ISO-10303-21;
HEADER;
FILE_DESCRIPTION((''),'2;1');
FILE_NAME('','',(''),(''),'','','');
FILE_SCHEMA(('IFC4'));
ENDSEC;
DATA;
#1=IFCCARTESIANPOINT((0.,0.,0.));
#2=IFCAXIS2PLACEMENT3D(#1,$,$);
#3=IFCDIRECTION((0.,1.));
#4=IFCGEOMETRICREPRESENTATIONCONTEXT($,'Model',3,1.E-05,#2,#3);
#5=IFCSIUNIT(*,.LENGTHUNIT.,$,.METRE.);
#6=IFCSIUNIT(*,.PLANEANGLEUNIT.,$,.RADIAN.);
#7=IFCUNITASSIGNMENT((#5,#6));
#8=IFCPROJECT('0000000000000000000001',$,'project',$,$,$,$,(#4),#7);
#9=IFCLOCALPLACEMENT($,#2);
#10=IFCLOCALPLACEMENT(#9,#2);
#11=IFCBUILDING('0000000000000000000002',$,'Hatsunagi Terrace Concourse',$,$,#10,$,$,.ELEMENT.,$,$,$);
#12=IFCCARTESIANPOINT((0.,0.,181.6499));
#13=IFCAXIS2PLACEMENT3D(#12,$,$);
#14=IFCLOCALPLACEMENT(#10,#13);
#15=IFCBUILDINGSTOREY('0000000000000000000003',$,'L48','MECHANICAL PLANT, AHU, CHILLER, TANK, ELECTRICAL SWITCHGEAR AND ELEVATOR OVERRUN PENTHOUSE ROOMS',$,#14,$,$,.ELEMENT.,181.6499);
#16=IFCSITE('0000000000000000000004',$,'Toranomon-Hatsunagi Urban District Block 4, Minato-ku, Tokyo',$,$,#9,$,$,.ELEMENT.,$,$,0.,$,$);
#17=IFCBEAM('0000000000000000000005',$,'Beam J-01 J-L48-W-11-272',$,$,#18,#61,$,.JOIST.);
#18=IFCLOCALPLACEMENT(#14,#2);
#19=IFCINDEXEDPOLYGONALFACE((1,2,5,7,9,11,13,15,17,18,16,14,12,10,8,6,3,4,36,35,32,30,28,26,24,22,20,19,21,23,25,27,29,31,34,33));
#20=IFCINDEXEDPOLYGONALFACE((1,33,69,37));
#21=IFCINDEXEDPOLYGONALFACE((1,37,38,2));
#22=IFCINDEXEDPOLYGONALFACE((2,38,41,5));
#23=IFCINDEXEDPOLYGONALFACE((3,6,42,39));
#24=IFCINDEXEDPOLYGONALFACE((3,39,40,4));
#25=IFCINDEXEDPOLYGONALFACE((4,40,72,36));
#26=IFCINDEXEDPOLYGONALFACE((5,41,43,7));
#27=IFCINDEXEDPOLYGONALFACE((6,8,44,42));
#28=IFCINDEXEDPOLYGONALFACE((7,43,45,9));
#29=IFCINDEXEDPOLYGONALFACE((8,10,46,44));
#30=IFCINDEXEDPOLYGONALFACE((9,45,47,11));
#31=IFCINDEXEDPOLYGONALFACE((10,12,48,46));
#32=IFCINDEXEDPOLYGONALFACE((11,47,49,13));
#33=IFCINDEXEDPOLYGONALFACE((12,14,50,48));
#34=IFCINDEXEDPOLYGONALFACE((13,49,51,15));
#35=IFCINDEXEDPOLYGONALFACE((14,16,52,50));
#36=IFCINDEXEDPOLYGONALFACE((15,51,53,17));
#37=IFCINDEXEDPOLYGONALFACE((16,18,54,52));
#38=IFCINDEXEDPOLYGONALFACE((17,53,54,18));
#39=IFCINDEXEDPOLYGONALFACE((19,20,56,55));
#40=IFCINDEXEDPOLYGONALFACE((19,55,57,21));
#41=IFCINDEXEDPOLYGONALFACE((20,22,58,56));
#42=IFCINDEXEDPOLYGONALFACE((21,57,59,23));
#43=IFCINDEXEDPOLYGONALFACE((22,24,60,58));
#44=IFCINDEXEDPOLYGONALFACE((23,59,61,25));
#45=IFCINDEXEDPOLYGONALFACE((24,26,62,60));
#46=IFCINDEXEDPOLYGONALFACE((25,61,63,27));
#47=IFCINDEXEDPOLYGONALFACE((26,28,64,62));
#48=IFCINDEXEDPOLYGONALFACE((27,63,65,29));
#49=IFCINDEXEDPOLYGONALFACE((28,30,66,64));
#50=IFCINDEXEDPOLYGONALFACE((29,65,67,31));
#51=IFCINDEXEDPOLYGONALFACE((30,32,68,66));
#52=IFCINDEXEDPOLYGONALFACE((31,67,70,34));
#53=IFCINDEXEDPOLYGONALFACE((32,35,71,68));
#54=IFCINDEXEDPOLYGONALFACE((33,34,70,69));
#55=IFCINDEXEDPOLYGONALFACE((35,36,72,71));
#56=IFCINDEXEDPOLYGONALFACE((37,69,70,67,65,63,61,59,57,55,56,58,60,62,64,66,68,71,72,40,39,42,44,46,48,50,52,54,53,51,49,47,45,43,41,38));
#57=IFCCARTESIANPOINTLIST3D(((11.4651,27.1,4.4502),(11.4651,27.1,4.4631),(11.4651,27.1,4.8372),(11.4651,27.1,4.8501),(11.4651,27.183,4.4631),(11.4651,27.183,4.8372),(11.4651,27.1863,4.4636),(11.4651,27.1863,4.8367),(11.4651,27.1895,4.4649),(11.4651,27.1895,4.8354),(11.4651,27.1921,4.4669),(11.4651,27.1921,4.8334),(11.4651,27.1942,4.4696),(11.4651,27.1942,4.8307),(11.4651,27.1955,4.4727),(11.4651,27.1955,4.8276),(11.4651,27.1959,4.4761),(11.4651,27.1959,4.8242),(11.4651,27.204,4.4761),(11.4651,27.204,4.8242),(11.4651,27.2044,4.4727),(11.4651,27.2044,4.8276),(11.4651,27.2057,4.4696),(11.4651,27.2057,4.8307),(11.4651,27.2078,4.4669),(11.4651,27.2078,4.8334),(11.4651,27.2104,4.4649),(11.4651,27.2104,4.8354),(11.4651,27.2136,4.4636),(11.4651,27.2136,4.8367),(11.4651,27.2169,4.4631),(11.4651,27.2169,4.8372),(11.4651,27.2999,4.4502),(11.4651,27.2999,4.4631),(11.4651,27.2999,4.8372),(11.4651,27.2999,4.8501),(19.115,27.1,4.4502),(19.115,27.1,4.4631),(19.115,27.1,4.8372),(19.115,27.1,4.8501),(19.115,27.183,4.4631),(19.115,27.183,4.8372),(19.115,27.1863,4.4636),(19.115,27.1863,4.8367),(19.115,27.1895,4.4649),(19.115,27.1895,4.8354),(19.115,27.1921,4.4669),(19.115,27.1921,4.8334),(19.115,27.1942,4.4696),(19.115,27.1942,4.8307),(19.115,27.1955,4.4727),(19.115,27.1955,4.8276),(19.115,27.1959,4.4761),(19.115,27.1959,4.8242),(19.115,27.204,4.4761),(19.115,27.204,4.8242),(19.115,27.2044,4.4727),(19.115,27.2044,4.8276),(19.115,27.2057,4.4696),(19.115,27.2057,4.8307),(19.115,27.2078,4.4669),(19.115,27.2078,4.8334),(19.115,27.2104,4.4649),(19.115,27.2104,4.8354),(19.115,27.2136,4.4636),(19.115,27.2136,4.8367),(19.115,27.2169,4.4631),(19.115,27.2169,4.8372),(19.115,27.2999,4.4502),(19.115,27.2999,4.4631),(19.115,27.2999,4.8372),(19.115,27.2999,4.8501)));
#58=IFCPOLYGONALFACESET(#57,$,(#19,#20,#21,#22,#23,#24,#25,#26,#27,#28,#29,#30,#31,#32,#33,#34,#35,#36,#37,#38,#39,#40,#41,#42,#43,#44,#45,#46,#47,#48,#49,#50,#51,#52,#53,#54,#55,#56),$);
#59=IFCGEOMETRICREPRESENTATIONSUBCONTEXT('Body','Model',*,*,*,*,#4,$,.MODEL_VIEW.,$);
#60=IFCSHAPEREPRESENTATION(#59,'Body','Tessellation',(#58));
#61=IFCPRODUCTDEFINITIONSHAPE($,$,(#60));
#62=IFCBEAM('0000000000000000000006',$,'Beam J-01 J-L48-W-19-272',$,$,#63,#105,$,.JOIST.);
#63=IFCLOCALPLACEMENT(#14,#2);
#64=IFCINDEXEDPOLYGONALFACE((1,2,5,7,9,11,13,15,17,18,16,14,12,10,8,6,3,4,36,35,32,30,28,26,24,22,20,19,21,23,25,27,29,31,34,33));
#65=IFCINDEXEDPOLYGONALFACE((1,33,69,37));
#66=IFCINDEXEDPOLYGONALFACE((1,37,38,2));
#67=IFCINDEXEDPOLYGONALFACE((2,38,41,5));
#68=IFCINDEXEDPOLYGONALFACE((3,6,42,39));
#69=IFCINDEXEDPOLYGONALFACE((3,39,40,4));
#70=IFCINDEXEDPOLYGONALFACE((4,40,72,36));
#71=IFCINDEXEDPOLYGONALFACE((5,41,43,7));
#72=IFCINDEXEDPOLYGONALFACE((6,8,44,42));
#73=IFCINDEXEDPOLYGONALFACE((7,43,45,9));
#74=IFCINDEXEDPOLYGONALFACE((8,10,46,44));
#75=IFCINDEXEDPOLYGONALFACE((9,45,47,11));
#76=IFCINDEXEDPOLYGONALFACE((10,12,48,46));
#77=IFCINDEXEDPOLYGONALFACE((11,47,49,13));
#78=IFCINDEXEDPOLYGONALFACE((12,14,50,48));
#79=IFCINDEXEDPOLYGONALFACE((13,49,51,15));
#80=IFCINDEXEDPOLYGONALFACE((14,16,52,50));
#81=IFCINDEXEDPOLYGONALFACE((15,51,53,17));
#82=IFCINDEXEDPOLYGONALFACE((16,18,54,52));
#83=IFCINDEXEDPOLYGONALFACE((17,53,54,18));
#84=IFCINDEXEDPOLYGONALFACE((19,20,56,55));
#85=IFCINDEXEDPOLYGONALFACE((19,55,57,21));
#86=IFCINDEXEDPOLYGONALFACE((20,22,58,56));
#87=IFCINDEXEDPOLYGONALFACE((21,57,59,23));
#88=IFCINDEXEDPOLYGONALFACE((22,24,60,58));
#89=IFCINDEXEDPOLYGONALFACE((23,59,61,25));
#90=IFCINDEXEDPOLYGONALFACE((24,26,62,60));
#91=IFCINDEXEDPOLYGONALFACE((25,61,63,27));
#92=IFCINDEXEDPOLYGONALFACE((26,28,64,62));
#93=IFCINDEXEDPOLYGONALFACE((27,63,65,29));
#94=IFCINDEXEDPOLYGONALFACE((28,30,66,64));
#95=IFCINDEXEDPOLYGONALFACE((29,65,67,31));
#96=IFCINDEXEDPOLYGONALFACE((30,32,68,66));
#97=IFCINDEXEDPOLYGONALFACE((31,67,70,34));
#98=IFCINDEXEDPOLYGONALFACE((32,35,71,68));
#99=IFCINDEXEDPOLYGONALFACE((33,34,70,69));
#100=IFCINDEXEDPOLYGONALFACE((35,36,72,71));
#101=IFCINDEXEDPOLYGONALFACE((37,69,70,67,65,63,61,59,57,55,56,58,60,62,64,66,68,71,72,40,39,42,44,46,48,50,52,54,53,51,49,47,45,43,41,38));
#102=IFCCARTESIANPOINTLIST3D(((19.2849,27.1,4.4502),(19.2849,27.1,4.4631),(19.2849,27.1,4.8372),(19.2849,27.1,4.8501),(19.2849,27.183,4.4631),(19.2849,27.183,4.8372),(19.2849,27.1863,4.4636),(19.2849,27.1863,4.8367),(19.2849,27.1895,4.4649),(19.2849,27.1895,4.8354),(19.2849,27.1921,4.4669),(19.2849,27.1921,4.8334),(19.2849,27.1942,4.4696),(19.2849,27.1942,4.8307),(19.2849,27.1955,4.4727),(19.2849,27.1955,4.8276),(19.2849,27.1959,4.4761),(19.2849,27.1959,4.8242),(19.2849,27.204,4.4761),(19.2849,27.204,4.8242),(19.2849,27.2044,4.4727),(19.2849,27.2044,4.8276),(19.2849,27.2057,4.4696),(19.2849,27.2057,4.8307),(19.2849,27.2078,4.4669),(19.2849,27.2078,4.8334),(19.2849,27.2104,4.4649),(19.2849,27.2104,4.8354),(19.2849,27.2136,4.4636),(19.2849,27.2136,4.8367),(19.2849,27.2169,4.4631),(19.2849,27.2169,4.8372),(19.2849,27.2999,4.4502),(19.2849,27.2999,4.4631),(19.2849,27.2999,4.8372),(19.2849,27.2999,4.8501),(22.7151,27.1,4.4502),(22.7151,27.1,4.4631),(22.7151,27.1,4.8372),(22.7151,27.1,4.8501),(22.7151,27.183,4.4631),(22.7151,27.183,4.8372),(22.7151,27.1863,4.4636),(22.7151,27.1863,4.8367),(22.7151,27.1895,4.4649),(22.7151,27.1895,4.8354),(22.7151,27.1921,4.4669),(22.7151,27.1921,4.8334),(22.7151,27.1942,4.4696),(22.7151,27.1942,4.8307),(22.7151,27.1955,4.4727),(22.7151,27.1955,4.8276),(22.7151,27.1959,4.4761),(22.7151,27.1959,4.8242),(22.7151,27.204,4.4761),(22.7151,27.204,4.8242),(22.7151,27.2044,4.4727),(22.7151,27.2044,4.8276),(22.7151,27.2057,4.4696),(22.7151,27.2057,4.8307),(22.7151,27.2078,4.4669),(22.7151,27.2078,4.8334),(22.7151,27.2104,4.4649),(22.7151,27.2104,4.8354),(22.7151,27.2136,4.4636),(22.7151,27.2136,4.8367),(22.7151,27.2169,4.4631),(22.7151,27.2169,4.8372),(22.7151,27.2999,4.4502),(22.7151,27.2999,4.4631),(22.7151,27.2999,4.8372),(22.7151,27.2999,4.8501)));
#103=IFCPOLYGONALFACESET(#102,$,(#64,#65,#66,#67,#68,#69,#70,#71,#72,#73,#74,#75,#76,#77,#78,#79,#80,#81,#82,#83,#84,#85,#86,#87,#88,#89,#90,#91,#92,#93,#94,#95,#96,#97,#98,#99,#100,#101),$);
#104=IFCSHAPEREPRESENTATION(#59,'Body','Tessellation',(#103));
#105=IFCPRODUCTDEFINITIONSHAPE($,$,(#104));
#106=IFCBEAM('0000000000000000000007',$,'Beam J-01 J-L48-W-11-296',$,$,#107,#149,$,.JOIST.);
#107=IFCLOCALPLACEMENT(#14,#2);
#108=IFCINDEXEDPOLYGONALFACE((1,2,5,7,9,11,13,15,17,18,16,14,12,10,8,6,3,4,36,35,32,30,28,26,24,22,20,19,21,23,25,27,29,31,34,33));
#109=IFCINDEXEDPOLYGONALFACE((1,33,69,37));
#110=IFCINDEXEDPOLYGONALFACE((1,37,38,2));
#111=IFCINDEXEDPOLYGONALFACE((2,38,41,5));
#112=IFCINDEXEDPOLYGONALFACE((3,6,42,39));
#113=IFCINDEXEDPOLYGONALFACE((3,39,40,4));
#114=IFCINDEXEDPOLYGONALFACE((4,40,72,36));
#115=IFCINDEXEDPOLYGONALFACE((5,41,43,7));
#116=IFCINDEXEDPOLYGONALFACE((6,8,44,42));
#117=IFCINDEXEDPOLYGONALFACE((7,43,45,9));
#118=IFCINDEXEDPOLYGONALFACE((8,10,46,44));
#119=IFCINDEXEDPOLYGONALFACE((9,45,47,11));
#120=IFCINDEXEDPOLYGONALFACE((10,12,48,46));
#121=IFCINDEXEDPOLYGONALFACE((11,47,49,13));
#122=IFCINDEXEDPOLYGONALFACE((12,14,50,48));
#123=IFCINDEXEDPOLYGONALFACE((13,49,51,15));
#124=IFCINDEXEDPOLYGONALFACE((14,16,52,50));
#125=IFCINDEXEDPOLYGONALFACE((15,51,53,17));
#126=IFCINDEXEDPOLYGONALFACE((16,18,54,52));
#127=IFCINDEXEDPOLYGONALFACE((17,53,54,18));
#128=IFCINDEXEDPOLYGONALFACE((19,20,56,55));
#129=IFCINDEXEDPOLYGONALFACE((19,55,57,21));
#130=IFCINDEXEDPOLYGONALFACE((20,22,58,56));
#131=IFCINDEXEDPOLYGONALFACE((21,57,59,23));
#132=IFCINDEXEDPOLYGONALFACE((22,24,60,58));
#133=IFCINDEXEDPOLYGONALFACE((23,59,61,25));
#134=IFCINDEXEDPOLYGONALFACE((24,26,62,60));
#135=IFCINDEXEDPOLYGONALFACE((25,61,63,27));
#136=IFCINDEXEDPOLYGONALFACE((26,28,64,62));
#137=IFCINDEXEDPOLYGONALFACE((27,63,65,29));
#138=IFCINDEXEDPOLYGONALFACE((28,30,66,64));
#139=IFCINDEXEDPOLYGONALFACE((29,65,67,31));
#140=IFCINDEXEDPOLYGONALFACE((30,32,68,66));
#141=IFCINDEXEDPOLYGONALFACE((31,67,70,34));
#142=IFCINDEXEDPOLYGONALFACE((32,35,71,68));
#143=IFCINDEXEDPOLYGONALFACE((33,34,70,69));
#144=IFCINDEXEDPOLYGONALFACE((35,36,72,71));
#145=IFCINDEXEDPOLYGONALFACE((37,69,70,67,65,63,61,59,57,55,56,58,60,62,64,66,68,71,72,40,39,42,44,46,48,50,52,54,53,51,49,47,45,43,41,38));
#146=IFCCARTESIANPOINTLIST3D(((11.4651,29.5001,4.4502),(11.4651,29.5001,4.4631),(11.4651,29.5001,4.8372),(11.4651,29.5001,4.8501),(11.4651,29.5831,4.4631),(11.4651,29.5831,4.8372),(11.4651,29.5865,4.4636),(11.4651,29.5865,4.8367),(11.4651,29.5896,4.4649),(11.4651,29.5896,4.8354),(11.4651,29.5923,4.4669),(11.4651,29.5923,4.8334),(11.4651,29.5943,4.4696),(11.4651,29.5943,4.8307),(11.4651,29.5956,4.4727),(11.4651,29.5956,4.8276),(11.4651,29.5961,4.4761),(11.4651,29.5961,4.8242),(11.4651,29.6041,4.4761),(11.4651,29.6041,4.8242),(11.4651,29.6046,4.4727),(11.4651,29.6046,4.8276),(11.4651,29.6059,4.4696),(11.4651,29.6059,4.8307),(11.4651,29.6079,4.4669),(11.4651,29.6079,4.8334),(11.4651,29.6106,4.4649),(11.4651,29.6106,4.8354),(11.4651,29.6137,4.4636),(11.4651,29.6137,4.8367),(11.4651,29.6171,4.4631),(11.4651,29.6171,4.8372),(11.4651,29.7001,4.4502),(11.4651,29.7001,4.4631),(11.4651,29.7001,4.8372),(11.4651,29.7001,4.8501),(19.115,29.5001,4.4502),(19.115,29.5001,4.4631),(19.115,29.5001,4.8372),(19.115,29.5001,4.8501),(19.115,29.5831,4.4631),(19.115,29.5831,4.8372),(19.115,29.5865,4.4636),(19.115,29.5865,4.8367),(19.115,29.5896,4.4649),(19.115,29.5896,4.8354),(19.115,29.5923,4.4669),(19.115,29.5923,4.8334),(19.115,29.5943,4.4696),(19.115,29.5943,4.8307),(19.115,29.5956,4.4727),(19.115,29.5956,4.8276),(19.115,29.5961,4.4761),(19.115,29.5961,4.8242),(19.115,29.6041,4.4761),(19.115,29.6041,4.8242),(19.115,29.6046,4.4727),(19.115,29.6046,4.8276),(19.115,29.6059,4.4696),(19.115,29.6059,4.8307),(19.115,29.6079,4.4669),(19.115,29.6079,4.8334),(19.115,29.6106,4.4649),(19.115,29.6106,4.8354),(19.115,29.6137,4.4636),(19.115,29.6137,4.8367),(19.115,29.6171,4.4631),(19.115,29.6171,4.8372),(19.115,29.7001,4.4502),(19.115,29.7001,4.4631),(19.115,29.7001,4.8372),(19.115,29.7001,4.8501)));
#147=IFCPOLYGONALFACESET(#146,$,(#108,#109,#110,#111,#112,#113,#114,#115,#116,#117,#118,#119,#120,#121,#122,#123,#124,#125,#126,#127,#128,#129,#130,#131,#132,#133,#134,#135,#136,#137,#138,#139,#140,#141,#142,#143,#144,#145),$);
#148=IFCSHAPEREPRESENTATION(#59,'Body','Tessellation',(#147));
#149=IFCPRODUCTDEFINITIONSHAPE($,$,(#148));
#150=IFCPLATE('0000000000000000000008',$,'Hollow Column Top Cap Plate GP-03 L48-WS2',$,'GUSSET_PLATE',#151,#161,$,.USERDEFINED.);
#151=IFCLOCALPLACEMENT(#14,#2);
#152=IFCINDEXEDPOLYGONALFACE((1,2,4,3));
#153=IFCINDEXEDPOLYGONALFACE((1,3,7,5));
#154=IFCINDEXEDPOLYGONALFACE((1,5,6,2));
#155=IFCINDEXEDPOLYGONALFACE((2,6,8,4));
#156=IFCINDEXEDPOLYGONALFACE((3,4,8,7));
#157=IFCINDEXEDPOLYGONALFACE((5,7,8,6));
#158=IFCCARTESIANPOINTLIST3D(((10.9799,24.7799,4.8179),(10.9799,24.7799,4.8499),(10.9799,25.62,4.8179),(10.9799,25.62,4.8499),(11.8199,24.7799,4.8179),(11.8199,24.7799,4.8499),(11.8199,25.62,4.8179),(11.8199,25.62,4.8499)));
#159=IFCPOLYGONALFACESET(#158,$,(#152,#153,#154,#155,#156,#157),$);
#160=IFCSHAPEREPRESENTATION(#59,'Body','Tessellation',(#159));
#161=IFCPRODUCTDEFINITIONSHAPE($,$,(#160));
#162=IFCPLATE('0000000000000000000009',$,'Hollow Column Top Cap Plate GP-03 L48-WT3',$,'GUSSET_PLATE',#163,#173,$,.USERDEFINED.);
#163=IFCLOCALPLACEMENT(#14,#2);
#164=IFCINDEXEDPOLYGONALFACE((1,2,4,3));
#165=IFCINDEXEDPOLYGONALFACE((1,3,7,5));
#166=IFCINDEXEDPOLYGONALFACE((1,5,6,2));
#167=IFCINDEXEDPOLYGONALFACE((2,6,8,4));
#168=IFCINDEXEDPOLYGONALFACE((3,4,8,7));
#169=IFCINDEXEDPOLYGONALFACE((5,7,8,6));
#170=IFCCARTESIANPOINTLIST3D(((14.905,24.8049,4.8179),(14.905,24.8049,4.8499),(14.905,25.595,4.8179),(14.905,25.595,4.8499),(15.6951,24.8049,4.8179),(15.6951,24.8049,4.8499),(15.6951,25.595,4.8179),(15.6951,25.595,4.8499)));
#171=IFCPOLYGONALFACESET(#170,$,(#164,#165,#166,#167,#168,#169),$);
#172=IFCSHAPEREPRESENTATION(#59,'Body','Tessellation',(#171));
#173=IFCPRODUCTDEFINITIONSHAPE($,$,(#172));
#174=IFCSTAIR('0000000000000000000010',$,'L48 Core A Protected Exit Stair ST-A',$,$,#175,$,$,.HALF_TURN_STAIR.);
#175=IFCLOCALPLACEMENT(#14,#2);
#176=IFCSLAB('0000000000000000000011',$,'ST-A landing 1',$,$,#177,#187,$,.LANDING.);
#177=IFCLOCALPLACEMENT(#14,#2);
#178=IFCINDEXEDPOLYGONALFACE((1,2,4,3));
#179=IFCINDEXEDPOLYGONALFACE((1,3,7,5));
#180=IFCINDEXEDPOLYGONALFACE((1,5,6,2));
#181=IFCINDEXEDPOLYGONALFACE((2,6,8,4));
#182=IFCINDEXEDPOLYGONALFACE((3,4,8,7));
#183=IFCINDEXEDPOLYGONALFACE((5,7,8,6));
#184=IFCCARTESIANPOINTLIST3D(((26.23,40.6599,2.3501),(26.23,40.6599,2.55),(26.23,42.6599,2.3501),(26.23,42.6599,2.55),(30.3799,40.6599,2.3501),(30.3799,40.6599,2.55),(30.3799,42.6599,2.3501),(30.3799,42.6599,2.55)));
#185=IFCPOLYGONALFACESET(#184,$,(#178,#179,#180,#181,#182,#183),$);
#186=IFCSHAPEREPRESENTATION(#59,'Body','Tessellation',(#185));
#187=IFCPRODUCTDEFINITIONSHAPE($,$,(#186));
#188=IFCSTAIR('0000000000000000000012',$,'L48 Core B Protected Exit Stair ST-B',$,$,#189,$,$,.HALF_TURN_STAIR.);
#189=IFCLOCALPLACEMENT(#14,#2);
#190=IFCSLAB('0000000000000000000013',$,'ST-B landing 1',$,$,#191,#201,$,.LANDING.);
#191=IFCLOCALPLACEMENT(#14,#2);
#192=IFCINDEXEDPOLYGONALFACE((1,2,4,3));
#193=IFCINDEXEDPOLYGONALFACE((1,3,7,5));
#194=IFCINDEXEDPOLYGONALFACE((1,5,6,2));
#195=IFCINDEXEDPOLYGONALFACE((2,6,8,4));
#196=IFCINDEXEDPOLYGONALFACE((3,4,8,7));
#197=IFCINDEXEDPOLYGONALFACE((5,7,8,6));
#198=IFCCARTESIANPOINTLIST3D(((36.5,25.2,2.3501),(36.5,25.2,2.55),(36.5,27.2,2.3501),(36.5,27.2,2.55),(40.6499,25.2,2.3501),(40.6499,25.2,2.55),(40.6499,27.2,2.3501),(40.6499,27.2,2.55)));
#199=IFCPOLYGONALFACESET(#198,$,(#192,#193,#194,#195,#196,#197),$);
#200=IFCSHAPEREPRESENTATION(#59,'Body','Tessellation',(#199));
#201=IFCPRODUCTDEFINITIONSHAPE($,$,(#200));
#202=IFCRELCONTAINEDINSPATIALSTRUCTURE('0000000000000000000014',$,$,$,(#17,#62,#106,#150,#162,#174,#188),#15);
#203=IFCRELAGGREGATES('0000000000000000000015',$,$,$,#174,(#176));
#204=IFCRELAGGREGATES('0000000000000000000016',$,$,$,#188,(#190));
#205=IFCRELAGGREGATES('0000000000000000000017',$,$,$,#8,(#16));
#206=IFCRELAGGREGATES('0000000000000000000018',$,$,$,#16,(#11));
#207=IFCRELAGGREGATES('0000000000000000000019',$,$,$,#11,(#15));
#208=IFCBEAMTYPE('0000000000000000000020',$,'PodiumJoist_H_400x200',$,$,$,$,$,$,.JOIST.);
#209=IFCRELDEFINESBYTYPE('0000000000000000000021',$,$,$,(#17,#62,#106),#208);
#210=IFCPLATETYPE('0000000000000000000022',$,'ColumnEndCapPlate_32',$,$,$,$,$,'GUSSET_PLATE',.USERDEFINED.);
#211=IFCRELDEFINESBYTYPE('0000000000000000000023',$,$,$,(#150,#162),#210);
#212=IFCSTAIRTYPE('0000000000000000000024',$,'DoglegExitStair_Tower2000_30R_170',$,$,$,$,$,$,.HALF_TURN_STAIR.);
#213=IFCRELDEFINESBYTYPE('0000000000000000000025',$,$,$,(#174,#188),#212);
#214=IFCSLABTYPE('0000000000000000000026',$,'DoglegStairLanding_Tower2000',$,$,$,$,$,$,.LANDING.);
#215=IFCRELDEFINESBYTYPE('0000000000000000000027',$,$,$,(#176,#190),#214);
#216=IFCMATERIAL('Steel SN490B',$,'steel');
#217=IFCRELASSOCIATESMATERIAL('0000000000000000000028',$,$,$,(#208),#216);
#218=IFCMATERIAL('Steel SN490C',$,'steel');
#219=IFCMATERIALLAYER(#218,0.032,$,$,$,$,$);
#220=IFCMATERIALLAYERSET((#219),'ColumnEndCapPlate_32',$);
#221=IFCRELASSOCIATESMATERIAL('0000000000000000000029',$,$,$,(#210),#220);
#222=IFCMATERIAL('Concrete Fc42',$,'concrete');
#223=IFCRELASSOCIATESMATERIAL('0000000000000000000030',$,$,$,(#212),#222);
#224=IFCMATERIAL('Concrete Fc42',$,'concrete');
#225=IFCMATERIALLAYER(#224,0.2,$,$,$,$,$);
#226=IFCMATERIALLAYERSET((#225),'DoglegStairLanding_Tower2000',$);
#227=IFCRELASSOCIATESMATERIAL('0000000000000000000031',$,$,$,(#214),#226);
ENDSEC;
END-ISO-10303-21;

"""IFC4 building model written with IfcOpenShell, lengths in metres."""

from ifc_helpers import new_model, si_unit, direction, frame, origin, origin_2d, place, context, subcontext, project, spatial, polyline, rectangle, i_section, outline, extrude, material, layer, layer_set, material_profile, profile_set, type_object, element, aggregate, save


model = new_model("IFC4")

# Units and contexts
model_context = context("Model", 3, precision=1e-05, world=origin(), true_north=direction((0.0, 1.0)))
body_context = subcontext(model_context, "Body", "Model", "MODEL_VIEW")
ifc_project = project(units=[si_unit("LENGTHUNIT", "METRE"), si_unit("PLANEANGLEUNIT", "RADIAN")], contexts=[model_context])

# Site, building, storey
site_placement = place(None, origin())
site = spatial("IfcSite", under=ifc_project, at=site_placement, Name="Toranomon-Hatsunagi Urban District Block 4, Minato-ku, Tokyo", CompositionType="ELEMENT", RefElevation=0.0)
building_placement = place(site_placement, origin())
building = spatial("IfcBuilding", under=site, at=building_placement, Name="Hatsunagi Terrace Concourse", CompositionType="ELEMENT")
storey_placement = place(building_placement, frame((0.0, 0.0, 181.6499)))
storey = spatial("IfcBuildingStorey", under=building, at=storey_placement, Name="L48", Description="MECHANICAL PLANT, AHU, CHILLER, TANK, ELECTRICAL SWITCHGEAR AND ELEVATOR OVERRUN PENTHOUSE ROOMS", CompositionType="ELEMENT", Elevation=181.6499)

# Beams
ifc_material_1 = material(Name="Steel SN490B", Category="steel")
ifc_material_profile_1 = material_profile(ifc_material_1, i_section(OverallWidth=0.2, OverallDepth=0.3999, WebThickness=0.0081, FlangeThickness=0.0129, FilletRadius=0.0129, at=origin_2d()), Name="H-400x200x8x13")
ifc_profile_set_1 = profile_set([ifc_material_profile_1], Name="Steel SN490B")
beam_type_1 = type_object("IfcBeamType", Name="PodiumJoist_H_400x200", PredefinedType="JOIST", material=ifc_profile_set_1)
beam_1_placement = place(storey_placement, frame((11.4651, 27.2, 4.6501), z_axis=(1.0, 0.0, 0.0), x_axis=(0.0, 1.0, 0.0)))
element("IfcBeam", 1, at=beam_1_placement, inside=storey, type_object=beam_type_1, Name="Beam J-01 J-L48-W-11-272", PredefinedType="JOIST", context=body_context, shape_type="SweptSolid", body=[
    extrude(i_section(OverallWidth=0.2, OverallDepth=0.3999, WebThickness=0.0081, FlangeThickness=0.0129, FilletRadius=0.0129, at=origin_2d()), origin(), (0.0, 0.0, 1.0), 7.6499),
])
beam_2_placement = place(storey_placement, frame((19.2849, 27.2, 4.6501), z_axis=(1.0, 0.0, 0.0), x_axis=(0.0, 1.0, 0.0)))
element("IfcBeam", 2, at=beam_2_placement, inside=storey, type_object=beam_type_1, Name="Beam J-01 J-L48-W-19-272", PredefinedType="JOIST", context=body_context, shape_type="SweptSolid", body=[
    extrude(i_section(OverallWidth=0.2, OverallDepth=0.3999, WebThickness=0.0081, FlangeThickness=0.0129, FilletRadius=0.0129, at=origin_2d()), origin(), (0.0, 0.0, 1.0), 3.4302),
])
beam_3_placement = place(storey_placement, frame((11.4651, 29.6001, 4.6501), z_axis=(1.0, 0.0, 0.0), x_axis=(0.0, 1.0, 0.0)))
element("IfcBeam", 3, at=beam_3_placement, inside=storey, type_object=beam_type_1, Name="Beam J-01 J-L48-W-11-296", PredefinedType="JOIST", context=body_context, shape_type="SweptSolid", body=[
    extrude(i_section(OverallWidth=0.2, OverallDepth=0.3999, WebThickness=0.0081, FlangeThickness=0.0129, FilletRadius=0.0129, at=origin_2d()), origin(), (0.0, 0.0, 1.0), 7.6499),
])

# Plates
ifc_material_2 = material(Name="Steel SN490C", Category="steel")
ifc_layer_1 = layer(ifc_material_2, 0.032)
ifc_layer_set_1 = layer_set([ifc_layer_1], Name="ColumnEndCapPlate_32")
plate_type = type_object("IfcPlateType", Name="ColumnEndCapPlate_32", ElementType="GUSSET_PLATE", PredefinedType="USERDEFINED", material=ifc_layer_set_1)
plate_1_placement = place(storey_placement, frame((11.3999, 25.2, 4.8179), z_axis=(0.0, 0.0, 1.0), x_axis=(1.0, 0.0, 0.0)))
element("IfcPlate", 4, at=plate_1_placement, inside=storey, type_object=plate_type, Name="Hollow Column Top Cap Plate GP-03 L48-WS2", ObjectType="GUSSET_PLATE", PredefinedType="USERDEFINED", context=body_context, shape_type="SweptSolid", body=[
    extrude(rectangle(XDim=0.8401, YDim=0.8401, at=origin_2d()), origin(), (0.0, 0.0, 1.0), 0.032),
])
plate_2_placement = place(storey_placement, frame((15.3, 25.2, 4.8179), z_axis=(0.0, 0.0, 1.0), x_axis=(1.0, 0.0, 0.0)))
element("IfcPlate", 5, at=plate_2_placement, inside=storey, type_object=plate_type, Name="Hollow Column Top Cap Plate GP-03 L48-WT3", ObjectType="GUSSET_PLATE", PredefinedType="USERDEFINED", context=body_context, shape_type="SweptSolid", body=[
    extrude(rectangle(XDim=0.79, YDim=0.79, at=origin_2d()), origin(), (0.0, 0.0, 1.0), 0.032),
])

# Stairs, slabs
ifc_material_3 = material(Name="Concrete Fc42", Category="concrete")
stair_type = type_object("IfcStairType", Name="DoglegExitStair_Tower2000_30R_170", PredefinedType="HALF_TURN_STAIR", material=ifc_material_3)
stair_1_placement = place(storey_placement, origin())
stair_1 = element("IfcStair", 6, at=stair_1_placement, inside=storey, type_object=stair_type, Name="L48 Core A Protected Exit Stair ST-A", PredefinedType="HALF_TURN_STAIR")
ifc_material_4 = material(Name="Concrete Fc42", Category="concrete")
ifc_layer_2 = layer(ifc_material_4, 0.2)
ifc_layer_set_2 = layer_set([ifc_layer_2], Name="DoglegStairLanding_Tower2000")
slab_type_1 = type_object("IfcSlabType", Name="DoglegStairLanding_Tower2000", PredefinedType="LANDING", material=ifc_layer_set_2)
slab_1_placement = place(storey_placement, frame((0.0, 0.0, 2.3501)))
slab_1 = element("IfcSlab", 7, at=slab_1_placement, type_object=slab_type_1, Name="ST-A landing 1", PredefinedType="LANDING", context=body_context, shape_type="SweptSolid", body=[
    extrude(outline(polyline([(30.3799, 40.6599), (30.3799, 42.6599), (26.23, 42.6599), (26.23, 40.6599), (30.3799, 40.6599)])), origin(), (0.0, 0.0, 1.0), 0.2),
])
aggregate(stair_1, [slab_1])
stair_2_placement = place(storey_placement, origin())
stair_2 = element("IfcStair", 8, at=stair_2_placement, inside=storey, type_object=stair_type, Name="L48 Core B Protected Exit Stair ST-B", PredefinedType="HALF_TURN_STAIR")
slab_2_placement = place(storey_placement, frame((0.0, 0.0, 2.3501)))
slab_2 = element("IfcSlab", 9, at=slab_2_placement, type_object=slab_type_1, Name="ST-B landing 1", PredefinedType="LANDING", context=body_context, shape_type="SweptSolid", body=[
    extrude(outline(polyline([(36.5, 27.2), (36.5, 25.2), (40.6499, 25.2), (40.6499, 27.2), (36.5, 27.2)])), origin(), (0.0, 0.0, 1.0), 0.2),
])
aggregate(stair_2, [slab_2])

save(model, "model.ifc")
